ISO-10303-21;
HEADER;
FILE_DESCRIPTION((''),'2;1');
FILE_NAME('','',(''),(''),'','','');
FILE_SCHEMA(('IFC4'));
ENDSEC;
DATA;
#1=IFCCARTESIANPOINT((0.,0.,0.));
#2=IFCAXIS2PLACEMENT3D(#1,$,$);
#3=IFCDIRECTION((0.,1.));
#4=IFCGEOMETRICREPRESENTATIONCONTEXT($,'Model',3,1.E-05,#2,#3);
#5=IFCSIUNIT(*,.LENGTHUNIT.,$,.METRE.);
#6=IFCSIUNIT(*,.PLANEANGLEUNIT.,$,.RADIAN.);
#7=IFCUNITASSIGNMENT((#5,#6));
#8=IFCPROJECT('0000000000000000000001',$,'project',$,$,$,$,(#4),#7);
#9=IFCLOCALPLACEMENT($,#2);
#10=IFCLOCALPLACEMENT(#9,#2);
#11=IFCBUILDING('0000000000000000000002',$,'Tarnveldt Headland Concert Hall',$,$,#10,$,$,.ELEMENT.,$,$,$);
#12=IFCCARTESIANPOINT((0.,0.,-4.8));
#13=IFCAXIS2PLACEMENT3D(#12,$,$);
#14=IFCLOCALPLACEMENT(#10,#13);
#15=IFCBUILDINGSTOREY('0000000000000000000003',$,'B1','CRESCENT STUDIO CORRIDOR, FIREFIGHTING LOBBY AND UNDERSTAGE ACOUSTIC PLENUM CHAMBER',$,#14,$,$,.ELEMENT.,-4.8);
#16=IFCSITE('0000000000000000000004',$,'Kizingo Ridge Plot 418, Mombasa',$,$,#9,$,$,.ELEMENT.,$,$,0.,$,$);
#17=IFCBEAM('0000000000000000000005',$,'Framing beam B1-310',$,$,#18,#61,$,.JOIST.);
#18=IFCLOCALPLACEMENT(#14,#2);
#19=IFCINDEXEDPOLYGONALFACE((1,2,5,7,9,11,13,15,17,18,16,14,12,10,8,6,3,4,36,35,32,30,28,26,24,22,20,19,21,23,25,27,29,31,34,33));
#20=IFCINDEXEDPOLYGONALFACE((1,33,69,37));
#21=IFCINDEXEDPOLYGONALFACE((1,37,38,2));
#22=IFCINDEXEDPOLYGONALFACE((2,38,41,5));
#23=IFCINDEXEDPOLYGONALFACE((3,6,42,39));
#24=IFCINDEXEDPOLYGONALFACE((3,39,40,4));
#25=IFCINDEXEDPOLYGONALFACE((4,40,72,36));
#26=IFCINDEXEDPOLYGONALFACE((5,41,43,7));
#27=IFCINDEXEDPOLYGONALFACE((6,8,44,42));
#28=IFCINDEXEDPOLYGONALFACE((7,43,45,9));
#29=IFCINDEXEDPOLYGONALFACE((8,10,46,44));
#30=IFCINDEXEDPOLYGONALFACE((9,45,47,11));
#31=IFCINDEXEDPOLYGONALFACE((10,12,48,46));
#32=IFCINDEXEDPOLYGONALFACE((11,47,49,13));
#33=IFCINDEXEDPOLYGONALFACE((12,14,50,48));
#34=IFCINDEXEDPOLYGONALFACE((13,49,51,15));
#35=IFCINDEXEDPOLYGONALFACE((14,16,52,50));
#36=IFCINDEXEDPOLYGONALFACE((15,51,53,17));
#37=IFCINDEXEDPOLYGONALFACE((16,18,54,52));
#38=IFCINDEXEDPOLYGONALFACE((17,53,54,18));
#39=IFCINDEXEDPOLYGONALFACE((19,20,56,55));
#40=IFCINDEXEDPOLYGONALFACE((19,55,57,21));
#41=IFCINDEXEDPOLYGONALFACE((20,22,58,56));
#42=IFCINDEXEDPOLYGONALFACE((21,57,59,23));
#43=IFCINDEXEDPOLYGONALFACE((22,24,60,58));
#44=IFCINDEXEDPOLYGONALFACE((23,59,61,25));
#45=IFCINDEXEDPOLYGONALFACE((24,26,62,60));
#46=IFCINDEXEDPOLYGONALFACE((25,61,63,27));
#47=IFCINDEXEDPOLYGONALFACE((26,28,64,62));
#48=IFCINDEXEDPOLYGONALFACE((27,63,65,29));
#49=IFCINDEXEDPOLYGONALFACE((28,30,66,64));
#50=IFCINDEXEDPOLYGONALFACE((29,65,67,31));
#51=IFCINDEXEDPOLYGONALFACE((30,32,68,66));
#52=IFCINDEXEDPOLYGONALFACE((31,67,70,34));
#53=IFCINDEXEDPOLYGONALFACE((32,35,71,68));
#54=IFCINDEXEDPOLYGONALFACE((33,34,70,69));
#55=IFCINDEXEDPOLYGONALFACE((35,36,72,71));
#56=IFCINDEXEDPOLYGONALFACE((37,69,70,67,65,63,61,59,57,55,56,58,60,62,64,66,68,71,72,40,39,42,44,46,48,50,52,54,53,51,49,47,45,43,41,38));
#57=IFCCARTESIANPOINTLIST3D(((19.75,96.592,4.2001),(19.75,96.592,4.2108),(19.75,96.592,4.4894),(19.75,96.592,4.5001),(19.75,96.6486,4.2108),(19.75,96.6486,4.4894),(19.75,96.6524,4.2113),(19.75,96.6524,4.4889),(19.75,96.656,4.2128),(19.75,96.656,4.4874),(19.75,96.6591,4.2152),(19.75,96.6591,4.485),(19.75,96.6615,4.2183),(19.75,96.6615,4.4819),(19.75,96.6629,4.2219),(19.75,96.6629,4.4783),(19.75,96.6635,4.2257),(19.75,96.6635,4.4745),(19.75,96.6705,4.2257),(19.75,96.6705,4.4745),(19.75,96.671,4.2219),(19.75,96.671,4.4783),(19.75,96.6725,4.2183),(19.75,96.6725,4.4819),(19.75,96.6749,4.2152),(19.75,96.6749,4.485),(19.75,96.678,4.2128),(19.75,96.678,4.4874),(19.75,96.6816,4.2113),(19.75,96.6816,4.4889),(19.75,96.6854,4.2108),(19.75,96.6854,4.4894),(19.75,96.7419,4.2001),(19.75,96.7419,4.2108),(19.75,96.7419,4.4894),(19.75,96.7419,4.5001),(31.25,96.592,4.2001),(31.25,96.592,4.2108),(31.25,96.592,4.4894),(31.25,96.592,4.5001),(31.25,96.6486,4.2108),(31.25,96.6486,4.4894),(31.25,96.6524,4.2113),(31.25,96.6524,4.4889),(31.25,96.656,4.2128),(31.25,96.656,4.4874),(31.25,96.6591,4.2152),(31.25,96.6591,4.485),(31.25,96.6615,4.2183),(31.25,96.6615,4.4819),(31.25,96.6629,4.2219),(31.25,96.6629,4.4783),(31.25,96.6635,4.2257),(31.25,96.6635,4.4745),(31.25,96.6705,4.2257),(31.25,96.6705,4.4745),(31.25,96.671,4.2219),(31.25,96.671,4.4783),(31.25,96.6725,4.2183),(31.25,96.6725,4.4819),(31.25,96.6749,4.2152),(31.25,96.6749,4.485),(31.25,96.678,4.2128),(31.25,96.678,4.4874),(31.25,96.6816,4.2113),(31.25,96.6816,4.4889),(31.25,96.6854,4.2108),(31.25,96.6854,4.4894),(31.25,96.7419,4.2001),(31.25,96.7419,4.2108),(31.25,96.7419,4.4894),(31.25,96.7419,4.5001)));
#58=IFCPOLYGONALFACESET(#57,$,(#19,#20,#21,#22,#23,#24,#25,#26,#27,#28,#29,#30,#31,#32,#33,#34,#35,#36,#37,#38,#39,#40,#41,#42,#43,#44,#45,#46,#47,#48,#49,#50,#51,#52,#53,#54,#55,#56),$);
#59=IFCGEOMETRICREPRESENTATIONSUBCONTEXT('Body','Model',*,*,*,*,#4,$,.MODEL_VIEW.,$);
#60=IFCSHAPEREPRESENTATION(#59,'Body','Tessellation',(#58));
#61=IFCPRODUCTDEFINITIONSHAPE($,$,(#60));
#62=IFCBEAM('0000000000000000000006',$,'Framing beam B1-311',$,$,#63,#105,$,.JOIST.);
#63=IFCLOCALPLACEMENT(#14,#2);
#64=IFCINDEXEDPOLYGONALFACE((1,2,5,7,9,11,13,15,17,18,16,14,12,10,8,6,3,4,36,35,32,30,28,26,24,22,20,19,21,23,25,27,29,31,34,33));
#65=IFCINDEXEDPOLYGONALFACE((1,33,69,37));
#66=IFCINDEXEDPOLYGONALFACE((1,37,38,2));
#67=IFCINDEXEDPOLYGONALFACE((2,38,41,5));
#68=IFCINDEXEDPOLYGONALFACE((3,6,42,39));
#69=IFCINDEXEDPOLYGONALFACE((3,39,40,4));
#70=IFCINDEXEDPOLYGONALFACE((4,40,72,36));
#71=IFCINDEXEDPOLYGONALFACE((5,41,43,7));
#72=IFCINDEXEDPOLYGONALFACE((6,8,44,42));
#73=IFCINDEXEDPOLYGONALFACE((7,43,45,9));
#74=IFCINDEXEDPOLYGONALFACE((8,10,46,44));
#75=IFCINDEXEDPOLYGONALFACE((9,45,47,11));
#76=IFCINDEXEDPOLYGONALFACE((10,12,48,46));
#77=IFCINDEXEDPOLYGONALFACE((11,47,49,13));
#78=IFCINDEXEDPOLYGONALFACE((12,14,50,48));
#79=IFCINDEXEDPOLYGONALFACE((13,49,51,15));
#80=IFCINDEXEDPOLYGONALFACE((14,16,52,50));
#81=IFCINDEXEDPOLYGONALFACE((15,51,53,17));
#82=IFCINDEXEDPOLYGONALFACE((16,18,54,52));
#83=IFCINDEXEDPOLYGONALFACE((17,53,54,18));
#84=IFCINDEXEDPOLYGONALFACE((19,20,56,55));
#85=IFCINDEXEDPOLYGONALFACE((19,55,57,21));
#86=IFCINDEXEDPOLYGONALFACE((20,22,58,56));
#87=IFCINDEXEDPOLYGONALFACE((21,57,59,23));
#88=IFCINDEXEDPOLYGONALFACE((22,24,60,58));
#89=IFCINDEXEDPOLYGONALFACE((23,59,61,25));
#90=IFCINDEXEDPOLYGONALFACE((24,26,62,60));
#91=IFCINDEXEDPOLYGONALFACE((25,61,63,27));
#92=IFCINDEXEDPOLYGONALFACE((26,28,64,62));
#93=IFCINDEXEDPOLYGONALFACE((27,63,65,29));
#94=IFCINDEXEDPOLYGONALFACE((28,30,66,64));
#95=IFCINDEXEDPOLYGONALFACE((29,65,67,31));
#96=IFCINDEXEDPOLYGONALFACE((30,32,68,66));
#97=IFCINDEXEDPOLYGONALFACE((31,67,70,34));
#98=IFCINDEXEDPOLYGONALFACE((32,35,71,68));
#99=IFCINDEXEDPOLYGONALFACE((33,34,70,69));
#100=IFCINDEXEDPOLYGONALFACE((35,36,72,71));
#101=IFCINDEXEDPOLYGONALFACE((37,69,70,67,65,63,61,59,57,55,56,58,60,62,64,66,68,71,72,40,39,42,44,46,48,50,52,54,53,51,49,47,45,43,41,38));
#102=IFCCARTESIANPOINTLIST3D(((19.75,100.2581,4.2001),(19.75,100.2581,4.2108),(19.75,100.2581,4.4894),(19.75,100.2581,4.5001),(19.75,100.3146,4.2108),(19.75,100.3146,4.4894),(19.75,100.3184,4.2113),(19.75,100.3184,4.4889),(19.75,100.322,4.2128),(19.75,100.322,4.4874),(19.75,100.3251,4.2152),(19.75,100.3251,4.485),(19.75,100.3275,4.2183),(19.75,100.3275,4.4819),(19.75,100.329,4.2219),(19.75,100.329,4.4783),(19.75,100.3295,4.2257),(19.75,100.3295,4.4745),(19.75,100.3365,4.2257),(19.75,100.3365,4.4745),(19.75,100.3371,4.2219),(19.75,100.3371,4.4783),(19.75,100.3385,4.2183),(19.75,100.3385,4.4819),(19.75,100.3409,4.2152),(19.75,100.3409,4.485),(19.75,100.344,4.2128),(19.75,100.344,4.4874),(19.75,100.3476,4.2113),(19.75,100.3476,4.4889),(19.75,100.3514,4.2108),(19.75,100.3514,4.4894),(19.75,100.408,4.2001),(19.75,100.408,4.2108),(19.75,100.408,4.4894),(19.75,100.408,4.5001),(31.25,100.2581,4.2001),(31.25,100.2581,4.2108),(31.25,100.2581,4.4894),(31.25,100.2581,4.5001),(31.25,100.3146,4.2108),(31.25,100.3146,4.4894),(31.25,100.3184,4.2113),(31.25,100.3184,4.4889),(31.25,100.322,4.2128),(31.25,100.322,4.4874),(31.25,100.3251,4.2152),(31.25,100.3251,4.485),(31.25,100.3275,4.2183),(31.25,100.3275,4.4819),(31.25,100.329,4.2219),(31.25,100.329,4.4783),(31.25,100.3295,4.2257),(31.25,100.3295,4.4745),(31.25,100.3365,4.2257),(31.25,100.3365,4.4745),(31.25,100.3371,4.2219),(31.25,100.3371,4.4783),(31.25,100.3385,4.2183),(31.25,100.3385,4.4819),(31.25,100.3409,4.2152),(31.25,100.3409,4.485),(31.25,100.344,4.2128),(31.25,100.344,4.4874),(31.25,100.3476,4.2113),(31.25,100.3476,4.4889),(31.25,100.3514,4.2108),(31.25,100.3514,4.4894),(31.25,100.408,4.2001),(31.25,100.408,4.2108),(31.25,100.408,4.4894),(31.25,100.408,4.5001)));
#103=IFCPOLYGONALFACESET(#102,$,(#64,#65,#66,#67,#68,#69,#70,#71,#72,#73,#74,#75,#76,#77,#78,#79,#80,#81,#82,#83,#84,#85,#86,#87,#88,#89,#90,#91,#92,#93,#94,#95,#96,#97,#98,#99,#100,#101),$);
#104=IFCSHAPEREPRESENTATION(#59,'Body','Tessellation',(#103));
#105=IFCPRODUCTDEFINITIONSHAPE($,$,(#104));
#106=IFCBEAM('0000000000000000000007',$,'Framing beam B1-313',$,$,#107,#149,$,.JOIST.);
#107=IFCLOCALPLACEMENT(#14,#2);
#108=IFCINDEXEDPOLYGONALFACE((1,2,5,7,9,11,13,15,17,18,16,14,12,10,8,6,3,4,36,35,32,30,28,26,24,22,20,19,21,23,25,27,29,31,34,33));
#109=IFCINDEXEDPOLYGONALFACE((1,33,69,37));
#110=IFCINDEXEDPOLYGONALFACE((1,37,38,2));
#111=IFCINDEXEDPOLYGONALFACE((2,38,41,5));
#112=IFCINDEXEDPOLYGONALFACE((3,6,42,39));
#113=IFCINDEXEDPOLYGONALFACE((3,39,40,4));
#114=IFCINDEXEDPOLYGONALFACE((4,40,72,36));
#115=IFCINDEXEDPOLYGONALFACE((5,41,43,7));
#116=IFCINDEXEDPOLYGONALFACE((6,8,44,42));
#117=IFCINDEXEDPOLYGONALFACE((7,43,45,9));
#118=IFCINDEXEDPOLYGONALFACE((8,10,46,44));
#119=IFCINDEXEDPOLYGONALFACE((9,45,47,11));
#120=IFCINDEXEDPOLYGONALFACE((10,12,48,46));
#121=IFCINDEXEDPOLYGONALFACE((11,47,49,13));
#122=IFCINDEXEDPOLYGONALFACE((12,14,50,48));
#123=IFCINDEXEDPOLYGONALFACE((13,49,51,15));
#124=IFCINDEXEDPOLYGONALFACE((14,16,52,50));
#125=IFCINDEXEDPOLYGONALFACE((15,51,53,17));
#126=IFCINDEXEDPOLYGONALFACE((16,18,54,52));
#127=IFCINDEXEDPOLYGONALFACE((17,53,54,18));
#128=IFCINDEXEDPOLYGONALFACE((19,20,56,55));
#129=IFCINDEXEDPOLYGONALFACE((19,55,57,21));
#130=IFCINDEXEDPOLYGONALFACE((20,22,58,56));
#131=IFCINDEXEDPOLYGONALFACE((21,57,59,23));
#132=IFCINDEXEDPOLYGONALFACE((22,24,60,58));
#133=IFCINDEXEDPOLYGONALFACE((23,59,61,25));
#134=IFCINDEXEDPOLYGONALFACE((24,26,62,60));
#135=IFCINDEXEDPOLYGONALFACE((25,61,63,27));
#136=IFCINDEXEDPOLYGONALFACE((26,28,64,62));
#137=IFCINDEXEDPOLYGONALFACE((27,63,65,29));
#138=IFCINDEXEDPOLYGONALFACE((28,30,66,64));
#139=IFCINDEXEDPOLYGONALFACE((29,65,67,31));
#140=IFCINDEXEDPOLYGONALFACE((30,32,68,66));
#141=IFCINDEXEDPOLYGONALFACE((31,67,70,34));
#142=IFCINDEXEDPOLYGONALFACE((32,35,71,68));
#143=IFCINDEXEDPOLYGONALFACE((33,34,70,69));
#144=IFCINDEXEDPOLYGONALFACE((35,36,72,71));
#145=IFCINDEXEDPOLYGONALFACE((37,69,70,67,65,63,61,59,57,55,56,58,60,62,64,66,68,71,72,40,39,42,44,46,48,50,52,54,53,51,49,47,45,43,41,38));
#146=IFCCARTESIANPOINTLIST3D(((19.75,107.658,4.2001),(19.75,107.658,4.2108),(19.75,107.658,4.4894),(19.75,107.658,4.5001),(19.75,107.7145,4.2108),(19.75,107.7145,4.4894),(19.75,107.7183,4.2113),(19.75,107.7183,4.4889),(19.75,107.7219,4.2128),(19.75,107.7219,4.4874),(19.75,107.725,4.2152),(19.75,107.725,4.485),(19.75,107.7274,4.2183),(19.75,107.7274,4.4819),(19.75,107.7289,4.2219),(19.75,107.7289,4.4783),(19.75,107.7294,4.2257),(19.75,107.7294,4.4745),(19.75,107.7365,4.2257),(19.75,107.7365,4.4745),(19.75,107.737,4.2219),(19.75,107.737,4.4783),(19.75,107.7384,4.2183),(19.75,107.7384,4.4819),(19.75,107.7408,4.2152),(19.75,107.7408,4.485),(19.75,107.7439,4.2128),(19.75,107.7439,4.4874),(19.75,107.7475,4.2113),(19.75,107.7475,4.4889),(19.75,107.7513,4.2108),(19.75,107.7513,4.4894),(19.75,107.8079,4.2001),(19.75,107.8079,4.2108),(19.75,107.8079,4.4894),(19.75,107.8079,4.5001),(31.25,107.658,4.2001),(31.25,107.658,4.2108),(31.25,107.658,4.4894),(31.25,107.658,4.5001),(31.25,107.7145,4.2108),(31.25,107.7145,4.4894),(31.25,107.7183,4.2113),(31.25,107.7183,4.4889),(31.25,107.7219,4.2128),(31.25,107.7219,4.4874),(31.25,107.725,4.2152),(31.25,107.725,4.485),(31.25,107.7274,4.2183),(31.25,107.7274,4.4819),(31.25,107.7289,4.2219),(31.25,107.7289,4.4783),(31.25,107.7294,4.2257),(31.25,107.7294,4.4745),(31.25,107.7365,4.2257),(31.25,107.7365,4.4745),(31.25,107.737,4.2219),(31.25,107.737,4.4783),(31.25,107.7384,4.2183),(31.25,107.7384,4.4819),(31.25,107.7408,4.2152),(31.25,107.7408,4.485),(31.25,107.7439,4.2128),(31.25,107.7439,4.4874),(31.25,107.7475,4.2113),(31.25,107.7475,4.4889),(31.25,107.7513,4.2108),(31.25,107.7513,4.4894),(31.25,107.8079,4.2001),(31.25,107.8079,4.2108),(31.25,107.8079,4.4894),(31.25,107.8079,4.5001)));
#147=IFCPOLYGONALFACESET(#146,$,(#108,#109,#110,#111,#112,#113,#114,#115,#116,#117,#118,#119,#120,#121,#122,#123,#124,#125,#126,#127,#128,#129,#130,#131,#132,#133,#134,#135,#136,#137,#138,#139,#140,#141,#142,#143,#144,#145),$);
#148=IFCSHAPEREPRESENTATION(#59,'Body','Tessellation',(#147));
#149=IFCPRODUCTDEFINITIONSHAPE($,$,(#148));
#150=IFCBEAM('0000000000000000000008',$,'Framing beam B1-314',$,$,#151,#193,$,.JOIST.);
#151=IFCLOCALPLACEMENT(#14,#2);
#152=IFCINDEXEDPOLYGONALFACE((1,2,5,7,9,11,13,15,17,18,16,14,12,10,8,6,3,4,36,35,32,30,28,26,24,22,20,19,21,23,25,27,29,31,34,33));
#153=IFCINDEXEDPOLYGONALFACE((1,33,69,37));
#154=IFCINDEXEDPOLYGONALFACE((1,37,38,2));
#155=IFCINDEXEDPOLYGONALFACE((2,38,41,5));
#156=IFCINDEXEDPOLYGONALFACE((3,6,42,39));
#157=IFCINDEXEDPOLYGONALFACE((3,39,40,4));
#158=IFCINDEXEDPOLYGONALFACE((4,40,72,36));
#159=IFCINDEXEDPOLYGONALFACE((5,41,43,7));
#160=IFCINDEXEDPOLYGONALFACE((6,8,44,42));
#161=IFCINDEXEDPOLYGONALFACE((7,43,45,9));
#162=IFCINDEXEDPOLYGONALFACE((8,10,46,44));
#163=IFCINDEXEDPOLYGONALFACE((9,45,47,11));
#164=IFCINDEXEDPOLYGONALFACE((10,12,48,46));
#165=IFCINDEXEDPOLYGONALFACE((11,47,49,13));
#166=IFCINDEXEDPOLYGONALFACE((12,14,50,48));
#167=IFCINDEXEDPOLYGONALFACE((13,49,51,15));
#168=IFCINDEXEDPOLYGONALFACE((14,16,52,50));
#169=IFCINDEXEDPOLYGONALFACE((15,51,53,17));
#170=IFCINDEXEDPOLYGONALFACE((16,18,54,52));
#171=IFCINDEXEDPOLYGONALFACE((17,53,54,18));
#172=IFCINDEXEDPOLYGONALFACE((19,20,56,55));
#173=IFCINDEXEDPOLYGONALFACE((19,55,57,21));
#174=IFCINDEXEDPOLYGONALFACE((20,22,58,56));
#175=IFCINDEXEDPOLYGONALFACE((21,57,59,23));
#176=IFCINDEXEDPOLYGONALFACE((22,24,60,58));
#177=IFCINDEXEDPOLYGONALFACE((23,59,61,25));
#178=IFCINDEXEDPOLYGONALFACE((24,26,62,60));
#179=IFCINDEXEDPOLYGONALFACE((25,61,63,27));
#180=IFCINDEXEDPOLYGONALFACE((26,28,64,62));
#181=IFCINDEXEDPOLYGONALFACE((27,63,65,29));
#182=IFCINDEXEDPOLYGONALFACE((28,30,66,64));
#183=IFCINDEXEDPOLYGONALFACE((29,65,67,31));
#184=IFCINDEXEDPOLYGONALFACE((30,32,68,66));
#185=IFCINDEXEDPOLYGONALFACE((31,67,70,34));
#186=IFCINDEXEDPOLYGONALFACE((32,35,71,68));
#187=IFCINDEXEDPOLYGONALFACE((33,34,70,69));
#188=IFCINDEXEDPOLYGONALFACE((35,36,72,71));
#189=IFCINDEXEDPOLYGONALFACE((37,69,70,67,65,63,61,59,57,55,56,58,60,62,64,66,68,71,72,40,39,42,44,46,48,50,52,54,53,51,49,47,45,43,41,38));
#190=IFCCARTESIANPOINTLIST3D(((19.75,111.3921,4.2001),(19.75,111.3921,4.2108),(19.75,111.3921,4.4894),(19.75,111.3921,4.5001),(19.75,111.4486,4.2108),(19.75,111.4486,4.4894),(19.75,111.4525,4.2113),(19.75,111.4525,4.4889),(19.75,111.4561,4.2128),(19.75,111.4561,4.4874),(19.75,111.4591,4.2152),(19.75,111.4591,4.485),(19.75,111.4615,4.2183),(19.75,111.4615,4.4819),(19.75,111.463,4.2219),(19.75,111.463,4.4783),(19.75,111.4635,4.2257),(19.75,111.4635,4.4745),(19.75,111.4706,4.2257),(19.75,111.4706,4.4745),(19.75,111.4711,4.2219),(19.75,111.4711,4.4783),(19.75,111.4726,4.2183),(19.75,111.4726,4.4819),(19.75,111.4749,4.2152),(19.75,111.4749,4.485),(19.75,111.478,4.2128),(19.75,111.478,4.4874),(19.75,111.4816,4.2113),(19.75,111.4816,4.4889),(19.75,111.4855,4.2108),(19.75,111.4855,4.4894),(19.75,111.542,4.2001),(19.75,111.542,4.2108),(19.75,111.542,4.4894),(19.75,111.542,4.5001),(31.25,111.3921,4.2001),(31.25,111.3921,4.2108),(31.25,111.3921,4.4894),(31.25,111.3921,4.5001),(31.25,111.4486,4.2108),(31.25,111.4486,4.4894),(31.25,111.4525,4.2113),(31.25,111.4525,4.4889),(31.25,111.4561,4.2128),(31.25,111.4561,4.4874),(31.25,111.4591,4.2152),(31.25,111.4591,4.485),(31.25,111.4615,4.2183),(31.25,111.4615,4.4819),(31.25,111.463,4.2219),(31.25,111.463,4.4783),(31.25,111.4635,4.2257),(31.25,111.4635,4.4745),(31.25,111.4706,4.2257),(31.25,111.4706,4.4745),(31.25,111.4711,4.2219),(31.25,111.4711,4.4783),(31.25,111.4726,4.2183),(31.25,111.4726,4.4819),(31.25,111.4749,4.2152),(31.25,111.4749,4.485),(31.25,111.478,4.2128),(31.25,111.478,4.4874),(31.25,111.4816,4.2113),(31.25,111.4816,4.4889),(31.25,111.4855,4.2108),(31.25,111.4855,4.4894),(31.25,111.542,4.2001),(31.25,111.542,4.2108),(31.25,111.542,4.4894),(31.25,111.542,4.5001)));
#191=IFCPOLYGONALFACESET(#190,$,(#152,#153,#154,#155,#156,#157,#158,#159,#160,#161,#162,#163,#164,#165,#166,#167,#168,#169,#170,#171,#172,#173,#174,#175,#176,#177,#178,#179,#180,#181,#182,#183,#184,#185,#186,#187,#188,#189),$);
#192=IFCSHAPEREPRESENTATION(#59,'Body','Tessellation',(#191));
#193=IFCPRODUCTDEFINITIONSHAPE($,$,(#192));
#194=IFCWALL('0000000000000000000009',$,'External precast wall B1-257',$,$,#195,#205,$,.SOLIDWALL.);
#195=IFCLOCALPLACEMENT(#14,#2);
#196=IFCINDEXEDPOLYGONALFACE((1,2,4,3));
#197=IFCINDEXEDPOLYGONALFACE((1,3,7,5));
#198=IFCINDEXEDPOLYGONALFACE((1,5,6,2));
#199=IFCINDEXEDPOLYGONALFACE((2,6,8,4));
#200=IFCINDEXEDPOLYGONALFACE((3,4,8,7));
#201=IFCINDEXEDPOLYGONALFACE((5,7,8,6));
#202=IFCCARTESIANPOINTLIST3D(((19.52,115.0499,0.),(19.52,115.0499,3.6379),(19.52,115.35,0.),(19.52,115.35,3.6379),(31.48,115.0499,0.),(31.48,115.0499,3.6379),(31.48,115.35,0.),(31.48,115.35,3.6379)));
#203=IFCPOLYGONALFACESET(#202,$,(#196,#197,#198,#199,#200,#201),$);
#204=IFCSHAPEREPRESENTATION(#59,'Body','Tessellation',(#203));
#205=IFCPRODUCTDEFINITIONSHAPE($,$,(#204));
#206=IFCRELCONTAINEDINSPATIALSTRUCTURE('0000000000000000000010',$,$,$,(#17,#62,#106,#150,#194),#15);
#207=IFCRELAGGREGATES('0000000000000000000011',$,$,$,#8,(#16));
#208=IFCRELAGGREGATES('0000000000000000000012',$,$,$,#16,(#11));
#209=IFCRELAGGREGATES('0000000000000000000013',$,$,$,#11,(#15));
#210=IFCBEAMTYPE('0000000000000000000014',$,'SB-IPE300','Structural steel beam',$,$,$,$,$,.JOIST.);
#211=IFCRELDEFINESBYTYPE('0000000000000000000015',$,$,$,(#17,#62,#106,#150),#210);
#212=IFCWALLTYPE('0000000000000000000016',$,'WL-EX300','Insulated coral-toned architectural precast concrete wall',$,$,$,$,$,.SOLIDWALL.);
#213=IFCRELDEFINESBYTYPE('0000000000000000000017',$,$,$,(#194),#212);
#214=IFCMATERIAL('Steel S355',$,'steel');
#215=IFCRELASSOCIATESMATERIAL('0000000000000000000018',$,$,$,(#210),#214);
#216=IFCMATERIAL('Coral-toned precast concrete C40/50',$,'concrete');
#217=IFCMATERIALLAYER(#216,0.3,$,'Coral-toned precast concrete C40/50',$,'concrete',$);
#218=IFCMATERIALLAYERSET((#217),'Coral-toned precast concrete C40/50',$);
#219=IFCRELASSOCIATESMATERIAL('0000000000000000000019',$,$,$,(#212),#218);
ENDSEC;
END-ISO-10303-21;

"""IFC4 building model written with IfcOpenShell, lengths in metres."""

from ifc_helpers import new_model, si_unit, direction, frame, frame_2d, origin, origin_2d, place, context, subcontext, project, spatial, rectangle, i_section, extrude, material, layer, layer_set, material_profile, profile_set, type_object, element, save


model = new_model("IFC4")

# Units and contexts
model_context = context("Model", 3, precision=1e-05, world=origin(), true_north=direction((0.0, 1.0)))
body_context = subcontext(model_context, "Body", "Model", "MODEL_VIEW")
ifc_project = project(units=[si_unit("LENGTHUNIT", "METRE"), si_unit("PLANEANGLEUNIT", "RADIAN")], contexts=[model_context])

# Site, building, storey
site_placement = place(None, origin())
site = spatial("IfcSite", under=ifc_project, at=site_placement, Name="Kizingo Ridge Plot 418, Mombasa", CompositionType="ELEMENT", RefElevation=0.0)
building_placement = place(site_placement, origin())
building = spatial("IfcBuilding", under=site, at=building_placement, Name="Tarnveldt Headland Concert Hall", CompositionType="ELEMENT")
storey_placement = place(building_placement, frame((0.0, 0.0, -4.8)))
storey = spatial("IfcBuildingStorey", under=building, at=storey_placement, Name="B1", Description="CRESCENT STUDIO CORRIDOR, FIREFIGHTING LOBBY AND UNDERSTAGE ACOUSTIC PLENUM CHAMBER", CompositionType="ELEMENT", Elevation=-4.8)

# Beams
ifc_material_1 = material(Name="Steel S355", Category="steel")
ifc_material_profile_1 = material_profile(ifc_material_1, i_section(OverallWidth=0.1499, OverallDepth=0.3, WebThickness=0.0071, FlangeThickness=0.0107, FilletRadius=0.0149, at=origin_2d()), Name="IPE300", Category="steel")
ifc_profile_set_1 = profile_set([ifc_material_profile_1], Name="Steel S355")
beam_type_1 = type_object("IfcBeamType", Name="SB-IPE300", Description="Structural steel beam", PredefinedType="JOIST", material=ifc_profile_set_1)
for number, where, z_axis, x_axis, name in (
    (1, (19.75, 96.667, 4.3501), (1.0, 0.0, 0.0), (0.0, 1.0, 0.0), "Framing beam B1-310"),
    (2, (19.75, 100.333, 4.3501), (1.0, 0.0, 0.0), (0.0, 1.0, 0.0), "Framing beam B1-311"),
    (3, (19.75, 107.7329, 4.3501), (1.0, 0.0, 0.0), (0.0, 1.0, 0.0), "Framing beam B1-313"),
    (4, (19.75, 111.467, 4.3501), (1.0, 0.0, 0.0), (0.0, 1.0, 0.0), "Framing beam B1-314"),
):
    element("IfcBeam", number, at=place(storey_placement, frame(where, z_axis=z_axis, x_axis=x_axis)), inside=storey, type_object=beam_type_1, Name=name, PredefinedType="JOIST", context=body_context, shape_type="SweptSolid", body=[
        extrude(i_section(OverallWidth=0.1499, OverallDepth=0.3, WebThickness=0.0071, FlangeThickness=0.0107, FilletRadius=0.0149, at=origin_2d()), origin(), (0.0, 0.0, 1.0), 11.5),
    ])

# Wall
ifc_material_2 = material(Name="Coral-toned precast concrete C40/50", Category="concrete")
ifc_layer_1 = layer(ifc_material_2, 0.3, Name="Coral-toned precast concrete C40/50", Category="concrete")
ifc_layer_set_1 = layer_set([ifc_layer_1], Name="Coral-toned precast concrete C40/50")
wall_type_1 = type_object("IfcWallType", Name="WL-EX300", Description="Insulated coral-toned architectural precast concrete wall", PredefinedType="SOLIDWALL", material=ifc_layer_set_1)
wall_1_placement = place(storey_placement, frame((19.52, 115.2, 0.0), z_axis=(0.0, 0.0, 1.0), x_axis=(1.0, 0.0, 0.0)))
element("IfcWall", 5, at=wall_1_placement, inside=storey, type_object=wall_type_1, Name="External precast wall B1-257", PredefinedType="SOLIDWALL", context=body_context, shape_type="SweptSolid", body=[
    extrude(rectangle(XDim=11.96, YDim=0.3, at=frame_2d((5.98, 0.0))), origin(), (0.0, 0.0, 1.0), 3.6379),
])

save(model, "model.ifc")
